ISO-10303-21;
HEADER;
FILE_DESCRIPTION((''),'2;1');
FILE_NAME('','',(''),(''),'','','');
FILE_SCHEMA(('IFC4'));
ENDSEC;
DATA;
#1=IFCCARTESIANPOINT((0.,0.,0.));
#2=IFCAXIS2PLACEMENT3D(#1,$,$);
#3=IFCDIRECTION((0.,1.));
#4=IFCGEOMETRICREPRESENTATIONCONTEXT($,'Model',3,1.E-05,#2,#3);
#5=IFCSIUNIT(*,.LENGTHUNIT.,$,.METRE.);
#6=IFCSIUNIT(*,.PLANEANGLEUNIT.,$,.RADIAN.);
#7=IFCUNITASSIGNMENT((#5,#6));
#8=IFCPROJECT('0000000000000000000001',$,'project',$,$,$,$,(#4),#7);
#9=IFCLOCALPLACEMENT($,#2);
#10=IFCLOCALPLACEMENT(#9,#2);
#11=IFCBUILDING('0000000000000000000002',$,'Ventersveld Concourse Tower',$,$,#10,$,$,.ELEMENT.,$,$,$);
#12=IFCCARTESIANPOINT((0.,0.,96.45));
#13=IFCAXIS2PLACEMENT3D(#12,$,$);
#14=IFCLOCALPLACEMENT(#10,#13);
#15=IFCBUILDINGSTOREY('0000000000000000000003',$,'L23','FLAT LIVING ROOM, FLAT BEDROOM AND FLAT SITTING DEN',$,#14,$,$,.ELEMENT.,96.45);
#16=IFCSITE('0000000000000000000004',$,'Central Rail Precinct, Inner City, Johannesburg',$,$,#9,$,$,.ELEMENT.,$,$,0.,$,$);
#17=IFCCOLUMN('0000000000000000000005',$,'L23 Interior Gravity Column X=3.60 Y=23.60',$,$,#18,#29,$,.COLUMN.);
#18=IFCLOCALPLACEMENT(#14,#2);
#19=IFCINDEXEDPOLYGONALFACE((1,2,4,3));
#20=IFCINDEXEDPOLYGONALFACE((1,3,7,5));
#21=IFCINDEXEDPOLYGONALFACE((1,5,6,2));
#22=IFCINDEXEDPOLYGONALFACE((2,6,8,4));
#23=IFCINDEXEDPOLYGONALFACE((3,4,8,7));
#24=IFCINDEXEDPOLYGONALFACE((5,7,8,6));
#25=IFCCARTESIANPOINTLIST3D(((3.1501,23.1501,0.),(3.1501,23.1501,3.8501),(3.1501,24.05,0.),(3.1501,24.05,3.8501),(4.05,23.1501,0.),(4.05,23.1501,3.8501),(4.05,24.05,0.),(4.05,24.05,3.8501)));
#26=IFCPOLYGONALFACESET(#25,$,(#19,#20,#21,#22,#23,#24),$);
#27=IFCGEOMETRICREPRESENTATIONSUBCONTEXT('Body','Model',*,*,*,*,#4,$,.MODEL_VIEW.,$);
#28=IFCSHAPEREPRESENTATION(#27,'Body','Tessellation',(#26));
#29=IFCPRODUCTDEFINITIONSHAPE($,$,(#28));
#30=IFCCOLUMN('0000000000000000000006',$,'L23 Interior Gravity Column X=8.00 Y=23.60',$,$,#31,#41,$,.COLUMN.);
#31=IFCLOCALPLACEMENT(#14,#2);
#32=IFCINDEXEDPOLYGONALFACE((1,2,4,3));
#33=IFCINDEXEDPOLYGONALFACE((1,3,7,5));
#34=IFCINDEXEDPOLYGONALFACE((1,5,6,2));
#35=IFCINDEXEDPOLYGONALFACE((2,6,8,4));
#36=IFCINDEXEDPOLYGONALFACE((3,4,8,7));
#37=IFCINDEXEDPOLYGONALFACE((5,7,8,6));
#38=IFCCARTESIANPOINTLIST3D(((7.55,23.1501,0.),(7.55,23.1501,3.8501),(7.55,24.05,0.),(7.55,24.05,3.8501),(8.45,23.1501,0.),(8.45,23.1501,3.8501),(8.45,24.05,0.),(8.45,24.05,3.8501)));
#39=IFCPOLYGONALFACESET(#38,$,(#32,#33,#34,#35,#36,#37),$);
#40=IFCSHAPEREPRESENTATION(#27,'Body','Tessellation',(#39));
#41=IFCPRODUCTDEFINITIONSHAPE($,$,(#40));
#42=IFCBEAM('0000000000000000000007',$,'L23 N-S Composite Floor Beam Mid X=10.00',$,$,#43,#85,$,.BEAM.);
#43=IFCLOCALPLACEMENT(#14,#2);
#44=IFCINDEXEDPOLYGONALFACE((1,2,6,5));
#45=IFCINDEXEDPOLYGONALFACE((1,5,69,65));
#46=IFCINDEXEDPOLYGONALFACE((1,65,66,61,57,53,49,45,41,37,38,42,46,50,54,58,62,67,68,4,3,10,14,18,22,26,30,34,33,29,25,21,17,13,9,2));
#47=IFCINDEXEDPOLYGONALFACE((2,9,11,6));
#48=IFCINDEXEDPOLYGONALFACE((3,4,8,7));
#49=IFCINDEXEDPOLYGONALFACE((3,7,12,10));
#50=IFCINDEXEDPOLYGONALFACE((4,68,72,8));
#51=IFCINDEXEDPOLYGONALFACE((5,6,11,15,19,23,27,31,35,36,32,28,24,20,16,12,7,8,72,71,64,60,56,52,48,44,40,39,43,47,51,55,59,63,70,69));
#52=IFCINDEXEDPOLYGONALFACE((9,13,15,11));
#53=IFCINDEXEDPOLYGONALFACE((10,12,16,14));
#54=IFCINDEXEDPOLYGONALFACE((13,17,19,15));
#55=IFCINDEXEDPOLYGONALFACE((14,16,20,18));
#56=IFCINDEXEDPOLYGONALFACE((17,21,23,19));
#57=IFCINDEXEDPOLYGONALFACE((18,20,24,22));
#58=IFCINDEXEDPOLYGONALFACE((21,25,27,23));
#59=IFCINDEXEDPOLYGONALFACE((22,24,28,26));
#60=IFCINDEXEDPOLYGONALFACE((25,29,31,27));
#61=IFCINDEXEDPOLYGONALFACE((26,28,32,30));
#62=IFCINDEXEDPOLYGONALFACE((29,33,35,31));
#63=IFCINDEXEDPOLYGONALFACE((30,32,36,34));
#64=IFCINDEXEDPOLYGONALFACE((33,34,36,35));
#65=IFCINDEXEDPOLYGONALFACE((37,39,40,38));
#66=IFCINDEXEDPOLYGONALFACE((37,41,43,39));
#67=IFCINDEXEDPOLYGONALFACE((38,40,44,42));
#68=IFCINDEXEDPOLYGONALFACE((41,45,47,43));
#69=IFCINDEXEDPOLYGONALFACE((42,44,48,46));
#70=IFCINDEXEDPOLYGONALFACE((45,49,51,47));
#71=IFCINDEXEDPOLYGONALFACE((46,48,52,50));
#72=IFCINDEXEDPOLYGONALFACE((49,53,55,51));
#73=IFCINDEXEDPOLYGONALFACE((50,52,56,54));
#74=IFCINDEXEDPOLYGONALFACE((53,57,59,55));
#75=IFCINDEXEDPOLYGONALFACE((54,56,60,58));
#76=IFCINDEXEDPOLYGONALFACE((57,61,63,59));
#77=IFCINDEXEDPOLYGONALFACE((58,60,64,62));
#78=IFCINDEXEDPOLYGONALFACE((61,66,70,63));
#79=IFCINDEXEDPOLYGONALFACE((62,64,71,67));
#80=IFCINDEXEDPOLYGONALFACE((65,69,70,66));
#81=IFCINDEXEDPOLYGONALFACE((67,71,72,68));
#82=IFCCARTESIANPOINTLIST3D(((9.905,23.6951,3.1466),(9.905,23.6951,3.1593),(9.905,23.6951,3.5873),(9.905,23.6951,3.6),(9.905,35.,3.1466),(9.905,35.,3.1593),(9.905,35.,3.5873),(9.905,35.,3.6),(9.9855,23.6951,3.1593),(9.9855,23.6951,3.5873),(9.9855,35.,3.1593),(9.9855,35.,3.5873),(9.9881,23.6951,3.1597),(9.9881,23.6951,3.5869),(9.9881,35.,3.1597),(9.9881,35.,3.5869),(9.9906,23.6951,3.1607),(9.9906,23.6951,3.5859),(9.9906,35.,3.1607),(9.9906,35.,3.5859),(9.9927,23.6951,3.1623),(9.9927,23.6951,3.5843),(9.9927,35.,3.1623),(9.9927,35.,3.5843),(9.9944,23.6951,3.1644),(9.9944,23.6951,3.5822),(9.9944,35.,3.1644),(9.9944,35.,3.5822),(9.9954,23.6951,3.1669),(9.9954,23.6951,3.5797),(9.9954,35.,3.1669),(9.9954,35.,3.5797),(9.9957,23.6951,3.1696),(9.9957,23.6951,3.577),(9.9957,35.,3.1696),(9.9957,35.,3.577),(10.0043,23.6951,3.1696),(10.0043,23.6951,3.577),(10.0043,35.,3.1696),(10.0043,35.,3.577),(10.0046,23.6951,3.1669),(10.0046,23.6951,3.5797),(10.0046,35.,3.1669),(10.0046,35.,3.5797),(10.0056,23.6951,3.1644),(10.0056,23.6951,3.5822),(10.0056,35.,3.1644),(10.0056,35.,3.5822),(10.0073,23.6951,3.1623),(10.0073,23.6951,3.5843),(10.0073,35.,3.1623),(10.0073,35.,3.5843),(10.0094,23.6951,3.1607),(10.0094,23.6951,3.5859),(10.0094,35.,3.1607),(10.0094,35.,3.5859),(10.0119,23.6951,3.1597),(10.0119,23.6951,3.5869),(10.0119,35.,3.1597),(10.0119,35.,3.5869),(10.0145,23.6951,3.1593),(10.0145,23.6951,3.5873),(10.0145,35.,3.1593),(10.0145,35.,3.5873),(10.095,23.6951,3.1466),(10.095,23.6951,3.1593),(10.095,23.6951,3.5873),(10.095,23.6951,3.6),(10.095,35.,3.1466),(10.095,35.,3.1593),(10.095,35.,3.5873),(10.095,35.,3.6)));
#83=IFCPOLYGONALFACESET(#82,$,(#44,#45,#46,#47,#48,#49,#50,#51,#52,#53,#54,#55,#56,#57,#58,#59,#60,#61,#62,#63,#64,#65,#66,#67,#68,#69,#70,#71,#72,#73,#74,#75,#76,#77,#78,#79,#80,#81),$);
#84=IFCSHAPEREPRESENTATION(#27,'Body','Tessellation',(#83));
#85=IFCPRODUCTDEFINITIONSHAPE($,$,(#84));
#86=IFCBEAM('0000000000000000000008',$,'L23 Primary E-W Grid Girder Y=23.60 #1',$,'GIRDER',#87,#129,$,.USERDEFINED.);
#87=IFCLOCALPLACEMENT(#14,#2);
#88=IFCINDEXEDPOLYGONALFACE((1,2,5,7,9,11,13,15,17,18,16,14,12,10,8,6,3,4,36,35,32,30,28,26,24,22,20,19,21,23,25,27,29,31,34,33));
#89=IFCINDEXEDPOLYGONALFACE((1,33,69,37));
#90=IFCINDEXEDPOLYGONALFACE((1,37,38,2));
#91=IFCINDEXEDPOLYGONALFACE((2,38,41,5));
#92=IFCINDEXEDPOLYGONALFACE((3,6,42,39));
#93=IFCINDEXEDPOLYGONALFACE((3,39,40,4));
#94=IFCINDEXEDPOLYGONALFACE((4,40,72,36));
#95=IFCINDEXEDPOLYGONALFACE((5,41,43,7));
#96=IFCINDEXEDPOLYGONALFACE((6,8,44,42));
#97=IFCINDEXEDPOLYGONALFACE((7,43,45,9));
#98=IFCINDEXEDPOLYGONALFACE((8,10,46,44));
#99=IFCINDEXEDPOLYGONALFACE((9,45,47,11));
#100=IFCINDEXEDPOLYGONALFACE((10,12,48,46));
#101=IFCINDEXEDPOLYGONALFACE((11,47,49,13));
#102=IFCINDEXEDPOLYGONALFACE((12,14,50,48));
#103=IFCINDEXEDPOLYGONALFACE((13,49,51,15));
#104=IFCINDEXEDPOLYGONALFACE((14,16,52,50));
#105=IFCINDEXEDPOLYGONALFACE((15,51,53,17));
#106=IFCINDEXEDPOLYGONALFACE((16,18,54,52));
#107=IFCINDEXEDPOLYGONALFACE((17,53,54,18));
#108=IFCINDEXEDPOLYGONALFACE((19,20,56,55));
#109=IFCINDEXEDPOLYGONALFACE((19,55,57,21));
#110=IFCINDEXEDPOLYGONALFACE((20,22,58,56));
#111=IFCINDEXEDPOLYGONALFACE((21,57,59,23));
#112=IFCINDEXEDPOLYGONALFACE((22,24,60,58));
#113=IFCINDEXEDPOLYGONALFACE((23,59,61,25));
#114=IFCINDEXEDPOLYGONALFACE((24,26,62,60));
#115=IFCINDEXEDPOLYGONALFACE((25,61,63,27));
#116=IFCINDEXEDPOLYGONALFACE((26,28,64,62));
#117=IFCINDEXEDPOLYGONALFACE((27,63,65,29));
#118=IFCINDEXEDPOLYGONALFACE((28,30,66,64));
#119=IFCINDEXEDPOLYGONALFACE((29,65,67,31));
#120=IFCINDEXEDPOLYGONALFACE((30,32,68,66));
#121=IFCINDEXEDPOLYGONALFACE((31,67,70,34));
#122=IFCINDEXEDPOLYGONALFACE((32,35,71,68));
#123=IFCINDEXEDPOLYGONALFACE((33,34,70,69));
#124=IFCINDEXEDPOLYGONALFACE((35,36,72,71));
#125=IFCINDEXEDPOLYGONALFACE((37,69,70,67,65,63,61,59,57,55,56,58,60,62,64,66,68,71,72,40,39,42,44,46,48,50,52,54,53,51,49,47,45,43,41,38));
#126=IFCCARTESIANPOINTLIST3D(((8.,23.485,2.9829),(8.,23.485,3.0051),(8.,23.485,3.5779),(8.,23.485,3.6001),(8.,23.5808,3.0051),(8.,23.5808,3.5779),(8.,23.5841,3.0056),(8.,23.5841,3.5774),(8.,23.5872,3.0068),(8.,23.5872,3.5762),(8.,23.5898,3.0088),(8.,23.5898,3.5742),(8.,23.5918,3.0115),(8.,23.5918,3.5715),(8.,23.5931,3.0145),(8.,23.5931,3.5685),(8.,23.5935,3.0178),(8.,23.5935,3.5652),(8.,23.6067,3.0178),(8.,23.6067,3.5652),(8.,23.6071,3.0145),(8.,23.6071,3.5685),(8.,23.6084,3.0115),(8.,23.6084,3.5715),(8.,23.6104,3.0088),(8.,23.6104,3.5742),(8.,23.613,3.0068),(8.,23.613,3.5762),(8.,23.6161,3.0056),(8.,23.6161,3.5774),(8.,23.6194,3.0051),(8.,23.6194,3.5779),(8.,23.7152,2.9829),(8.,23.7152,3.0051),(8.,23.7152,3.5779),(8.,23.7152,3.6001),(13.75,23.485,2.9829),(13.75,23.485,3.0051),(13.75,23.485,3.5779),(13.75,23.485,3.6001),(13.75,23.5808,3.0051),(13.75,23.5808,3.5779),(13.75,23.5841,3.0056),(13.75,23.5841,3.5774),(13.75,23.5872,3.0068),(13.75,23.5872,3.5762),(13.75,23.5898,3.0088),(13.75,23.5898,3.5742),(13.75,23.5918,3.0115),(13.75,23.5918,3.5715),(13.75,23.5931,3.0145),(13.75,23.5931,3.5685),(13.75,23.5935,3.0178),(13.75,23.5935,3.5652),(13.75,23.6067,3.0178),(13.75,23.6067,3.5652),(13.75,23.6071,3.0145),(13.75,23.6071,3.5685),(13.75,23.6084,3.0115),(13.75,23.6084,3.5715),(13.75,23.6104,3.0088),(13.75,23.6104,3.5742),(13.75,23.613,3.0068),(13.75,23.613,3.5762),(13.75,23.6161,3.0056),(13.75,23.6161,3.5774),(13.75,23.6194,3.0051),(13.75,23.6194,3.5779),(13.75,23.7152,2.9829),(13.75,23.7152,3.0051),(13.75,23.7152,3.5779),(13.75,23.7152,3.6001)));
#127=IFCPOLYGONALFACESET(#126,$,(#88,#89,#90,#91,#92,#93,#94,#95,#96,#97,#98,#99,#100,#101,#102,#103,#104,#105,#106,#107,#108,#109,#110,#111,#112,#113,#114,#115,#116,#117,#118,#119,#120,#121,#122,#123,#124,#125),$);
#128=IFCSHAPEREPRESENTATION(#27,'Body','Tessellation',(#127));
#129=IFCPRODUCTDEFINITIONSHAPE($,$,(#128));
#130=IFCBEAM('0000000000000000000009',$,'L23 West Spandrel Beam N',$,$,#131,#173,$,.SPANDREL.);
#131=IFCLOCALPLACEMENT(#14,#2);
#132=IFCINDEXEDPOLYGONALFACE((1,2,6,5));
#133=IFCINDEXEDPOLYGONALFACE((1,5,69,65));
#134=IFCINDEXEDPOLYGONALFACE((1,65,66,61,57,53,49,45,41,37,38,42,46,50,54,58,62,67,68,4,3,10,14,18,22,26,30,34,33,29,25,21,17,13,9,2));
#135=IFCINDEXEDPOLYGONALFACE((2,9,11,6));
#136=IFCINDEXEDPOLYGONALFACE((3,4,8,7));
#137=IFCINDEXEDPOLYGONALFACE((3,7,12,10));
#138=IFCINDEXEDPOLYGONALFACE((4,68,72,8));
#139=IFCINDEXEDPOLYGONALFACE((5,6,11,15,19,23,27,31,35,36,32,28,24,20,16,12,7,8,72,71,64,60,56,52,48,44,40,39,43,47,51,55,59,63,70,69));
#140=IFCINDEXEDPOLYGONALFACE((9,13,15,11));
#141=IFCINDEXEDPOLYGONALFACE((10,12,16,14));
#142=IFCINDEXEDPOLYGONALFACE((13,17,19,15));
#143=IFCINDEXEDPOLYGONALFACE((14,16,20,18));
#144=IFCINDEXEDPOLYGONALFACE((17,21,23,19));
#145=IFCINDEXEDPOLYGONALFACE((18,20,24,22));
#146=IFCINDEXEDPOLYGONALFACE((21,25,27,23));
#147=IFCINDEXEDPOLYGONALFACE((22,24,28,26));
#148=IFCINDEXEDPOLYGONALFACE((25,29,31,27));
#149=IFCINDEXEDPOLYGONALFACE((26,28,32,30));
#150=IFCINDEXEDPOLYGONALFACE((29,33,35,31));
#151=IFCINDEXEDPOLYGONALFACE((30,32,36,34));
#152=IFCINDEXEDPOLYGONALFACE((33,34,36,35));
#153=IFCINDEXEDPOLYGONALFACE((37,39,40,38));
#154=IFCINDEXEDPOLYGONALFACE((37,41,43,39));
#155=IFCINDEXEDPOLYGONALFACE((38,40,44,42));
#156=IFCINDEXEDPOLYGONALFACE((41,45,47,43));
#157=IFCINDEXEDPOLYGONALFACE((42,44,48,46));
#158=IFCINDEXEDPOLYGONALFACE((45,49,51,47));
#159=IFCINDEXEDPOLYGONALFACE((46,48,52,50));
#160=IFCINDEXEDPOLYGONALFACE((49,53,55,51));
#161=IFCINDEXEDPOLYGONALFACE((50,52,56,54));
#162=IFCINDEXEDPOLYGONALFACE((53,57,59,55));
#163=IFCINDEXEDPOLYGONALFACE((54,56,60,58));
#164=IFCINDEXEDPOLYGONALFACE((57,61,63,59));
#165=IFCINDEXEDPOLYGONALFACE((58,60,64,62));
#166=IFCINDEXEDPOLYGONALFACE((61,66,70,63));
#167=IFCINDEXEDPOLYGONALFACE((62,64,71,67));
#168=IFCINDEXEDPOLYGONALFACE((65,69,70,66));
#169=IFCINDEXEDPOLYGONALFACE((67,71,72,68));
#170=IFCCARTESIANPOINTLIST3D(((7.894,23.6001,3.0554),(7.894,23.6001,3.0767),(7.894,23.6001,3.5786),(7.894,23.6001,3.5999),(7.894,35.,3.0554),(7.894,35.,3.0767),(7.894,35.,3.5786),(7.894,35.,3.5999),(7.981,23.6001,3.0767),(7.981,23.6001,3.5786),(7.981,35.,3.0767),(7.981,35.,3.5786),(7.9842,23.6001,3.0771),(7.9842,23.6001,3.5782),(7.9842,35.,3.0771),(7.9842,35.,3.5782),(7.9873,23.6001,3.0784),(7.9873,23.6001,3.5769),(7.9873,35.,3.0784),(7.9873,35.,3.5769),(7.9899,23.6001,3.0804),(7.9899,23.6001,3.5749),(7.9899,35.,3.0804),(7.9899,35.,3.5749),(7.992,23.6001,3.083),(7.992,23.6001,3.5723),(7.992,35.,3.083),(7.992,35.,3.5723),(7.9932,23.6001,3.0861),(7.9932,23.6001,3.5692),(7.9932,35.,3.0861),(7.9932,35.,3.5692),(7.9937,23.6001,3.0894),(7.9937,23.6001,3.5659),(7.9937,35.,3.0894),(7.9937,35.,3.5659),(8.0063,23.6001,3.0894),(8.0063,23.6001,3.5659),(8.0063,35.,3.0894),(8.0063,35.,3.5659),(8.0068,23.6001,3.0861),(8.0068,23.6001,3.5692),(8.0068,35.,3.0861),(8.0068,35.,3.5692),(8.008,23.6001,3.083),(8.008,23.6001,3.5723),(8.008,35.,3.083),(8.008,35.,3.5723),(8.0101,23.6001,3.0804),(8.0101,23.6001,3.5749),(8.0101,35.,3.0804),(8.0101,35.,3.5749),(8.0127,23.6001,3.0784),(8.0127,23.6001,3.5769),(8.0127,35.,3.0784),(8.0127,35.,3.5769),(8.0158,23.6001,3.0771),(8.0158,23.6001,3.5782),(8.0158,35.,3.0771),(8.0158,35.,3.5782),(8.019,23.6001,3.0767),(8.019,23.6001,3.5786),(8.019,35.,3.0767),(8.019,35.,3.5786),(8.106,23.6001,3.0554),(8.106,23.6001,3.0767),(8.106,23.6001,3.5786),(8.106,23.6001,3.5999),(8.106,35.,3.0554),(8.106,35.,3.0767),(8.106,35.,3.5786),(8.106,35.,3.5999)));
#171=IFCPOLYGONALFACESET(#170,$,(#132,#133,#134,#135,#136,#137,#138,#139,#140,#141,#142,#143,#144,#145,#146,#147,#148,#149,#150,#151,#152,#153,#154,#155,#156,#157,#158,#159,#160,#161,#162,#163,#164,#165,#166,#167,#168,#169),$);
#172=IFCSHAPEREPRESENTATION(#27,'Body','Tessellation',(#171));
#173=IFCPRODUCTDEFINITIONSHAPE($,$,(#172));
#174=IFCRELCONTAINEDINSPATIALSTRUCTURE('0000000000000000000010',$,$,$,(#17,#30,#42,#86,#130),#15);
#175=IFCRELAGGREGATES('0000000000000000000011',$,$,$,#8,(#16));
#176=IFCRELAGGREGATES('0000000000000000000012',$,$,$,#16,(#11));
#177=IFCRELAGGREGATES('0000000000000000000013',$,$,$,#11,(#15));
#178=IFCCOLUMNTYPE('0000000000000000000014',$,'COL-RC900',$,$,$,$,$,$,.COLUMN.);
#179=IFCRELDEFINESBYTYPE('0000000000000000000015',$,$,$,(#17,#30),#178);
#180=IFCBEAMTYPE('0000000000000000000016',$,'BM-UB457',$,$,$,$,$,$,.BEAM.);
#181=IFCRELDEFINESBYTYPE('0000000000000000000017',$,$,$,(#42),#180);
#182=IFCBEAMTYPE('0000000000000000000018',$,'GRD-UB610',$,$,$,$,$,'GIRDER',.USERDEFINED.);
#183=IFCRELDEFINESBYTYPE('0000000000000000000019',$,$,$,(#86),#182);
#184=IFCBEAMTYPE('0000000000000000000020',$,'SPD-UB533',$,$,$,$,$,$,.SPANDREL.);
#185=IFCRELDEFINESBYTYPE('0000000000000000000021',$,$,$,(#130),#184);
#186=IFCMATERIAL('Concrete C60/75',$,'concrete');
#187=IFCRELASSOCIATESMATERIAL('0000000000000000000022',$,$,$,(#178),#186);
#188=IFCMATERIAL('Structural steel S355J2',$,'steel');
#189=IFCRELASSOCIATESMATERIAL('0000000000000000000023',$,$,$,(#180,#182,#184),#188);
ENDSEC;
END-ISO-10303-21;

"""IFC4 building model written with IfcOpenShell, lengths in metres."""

from ifc_helpers import new_model, si_unit, direction, frame, origin, origin_2d, place, context, subcontext, project, spatial, rectangle, i_section, extrude, material, material_profile, profile_set, type_object, element, save


model = new_model("IFC4")

# Units and contexts
model_context = context("Model", 3, precision=1e-05, world=origin(), true_north=direction((0.0, 1.0)))
body_context = subcontext(model_context, "Body", "Model", "MODEL_VIEW")
ifc_project = project(units=[si_unit("LENGTHUNIT", "METRE"), si_unit("PLANEANGLEUNIT", "RADIAN")], contexts=[model_context])

# Site, building, storey
site_placement = place(None, origin())
site = spatial("IfcSite", under=ifc_project, at=site_placement, Name="Central Rail Precinct, Inner City, Johannesburg", CompositionType="ELEMENT", RefElevation=0.0)
building_placement = place(site_placement, origin())
building = spatial("IfcBuilding", under=site, at=building_placement, Name="Ventersveld Concourse Tower", CompositionType="ELEMENT")
storey_placement = place(building_placement, frame((0.0, 0.0, 96.45)))
storey = spatial("IfcBuildingStorey", under=building, at=storey_placement, Name="L23", Description="FLAT LIVING ROOM, FLAT BEDROOM AND FLAT SITTING DEN", CompositionType="ELEMENT", Elevation=96.45)

# Columns
ifc_material_1 = material(Name="Concrete C60/75", Category="concrete")
ifc_material_profile_1 = material_profile(ifc_material_1, rectangle(XDim=0.8999, YDim=0.8999, at=origin_2d()), Name="RC 900x900")
ifc_profile_set_1 = profile_set([ifc_material_profile_1], Name="Concrete C60/75")
column_type = type_object("IfcColumnType", Name="COL-RC900", PredefinedType="COLUMN", material=ifc_profile_set_1)
for number, where, z_axis, x_axis, name in (
    (1, (3.6001, 23.6001, 0.0), (0.0, 0.0, 1.0), (1.0, 0.0, 0.0), "L23 Interior Gravity Column X=3.60 Y=23.60"),
    (2, (8.0, 23.6001, 0.0), (0.0, 0.0, 1.0), (1.0, 0.0, 0.0), "L23 Interior Gravity Column X=8.00 Y=23.60"),
):
    element("IfcColumn", number, at=place(storey_placement, frame(where, z_axis=z_axis, x_axis=x_axis)), inside=storey, type_object=column_type, Name=name, PredefinedType="COLUMN", context=body_context, shape_type="SweptSolid", body=[
        extrude(rectangle(XDim=0.8999, YDim=0.8999, at=origin_2d()), origin(), (0.0, 0.0, 1.0), 3.8501),
    ])

# Beams
ifc_material_2 = material(Name="Structural steel S355J2", Category="steel")
ifc_material_profile_2 = material_profile(ifc_material_2, i_section(OverallWidth=0.1899, OverallDepth=0.4534, WebThickness=0.0085, FlangeThickness=0.0127, FilletRadius=0.0103, at=origin_2d()), Name="UB 457x191x67")
ifc_profile_set_2 = profile_set([ifc_material_profile_2], Name="Structural steel S355J2")
beam_type_1 = type_object("IfcBeamType", Name="BM-UB457", PredefinedType="BEAM", material=ifc_profile_set_2)
beam_1_placement = place(storey_placement, frame((10.0, 23.6951, 3.3733), z_axis=(0.0, 1.0, 0.0), x_axis=(-1.0, 0.0, 0.0)))
element("IfcBeam", 3, at=beam_1_placement, inside=storey, type_object=beam_type_1, Name="L23 N-S Composite Floor Beam Mid X=10.00", PredefinedType="BEAM", context=body_context, shape_type="SweptSolid", body=[
    extrude(i_section(OverallWidth=0.1899, OverallDepth=0.4534, WebThickness=0.0085, FlangeThickness=0.0127, FilletRadius=0.0103, at=origin_2d()), origin(), (0.0, 0.0, 1.0), 11.3049),
])
ifc_material_profile_3 = material_profile(ifc_material_2, i_section(OverallWidth=0.2302, OverallDepth=0.6172, WebThickness=0.0132, FlangeThickness=0.0222, FilletRadius=0.0127, at=origin_2d()), Name="UB 610x229x140")
ifc_profile_set_3 = profile_set([ifc_material_profile_3], Name="Structural steel S355J2")
beam_type_2 = type_object("IfcBeamType", Name="GRD-UB610", ElementType="GIRDER", PredefinedType="USERDEFINED", material=ifc_profile_set_3)
beam_2_placement = place(storey_placement, frame((8.0, 23.6001, 3.2915), z_axis=(1.0, 0.0, 0.0), x_axis=(0.0, 1.0, 0.0)))
element("IfcBeam", 4, at=beam_2_placement, inside=storey, type_object=beam_type_2, Name="L23 Primary E-W Grid Girder Y=23.60 #1", ObjectType="GIRDER", PredefinedType="USERDEFINED", context=body_context, shape_type="SweptSolid", body=[
    extrude(i_section(OverallWidth=0.2302, OverallDepth=0.6172, WebThickness=0.0132, FlangeThickness=0.0222, FilletRadius=0.0127, at=origin_2d()), origin(), (0.0, 0.0, 1.0), 5.75),
])
ifc_material_profile_4 = material_profile(ifc_material_2, i_section(OverallWidth=0.2119, OverallDepth=0.5444, WebThickness=0.0127, FlangeThickness=0.0212, FilletRadius=0.0127, at=origin_2d()), Name="UB 533x210x122")
ifc_profile_set_4 = profile_set([ifc_material_profile_4], Name="Structural steel S355J2")
beam_type_3 = type_object("IfcBeamType", Name="SPD-UB533", PredefinedType="SPANDREL", material=ifc_profile_set_4)
beam_3_placement = place(storey_placement, frame((8.0, 23.6001, 3.3276), z_axis=(0.0, 1.0, 0.0), x_axis=(-1.0, 0.0, 0.0)))
element("IfcBeam", 5, at=beam_3_placement, inside=storey, type_object=beam_type_3, Name="L23 West Spandrel Beam N", PredefinedType="SPANDREL", context=body_context, shape_type="SweptSolid", body=[
    extrude(i_section(OverallWidth=0.2119, OverallDepth=0.5444, WebThickness=0.0127, FlangeThickness=0.0212, FilletRadius=0.0127, at=origin_2d()), origin(), (0.0, 0.0, 1.0), 11.3999),
])

save(model, "model.ifc")
